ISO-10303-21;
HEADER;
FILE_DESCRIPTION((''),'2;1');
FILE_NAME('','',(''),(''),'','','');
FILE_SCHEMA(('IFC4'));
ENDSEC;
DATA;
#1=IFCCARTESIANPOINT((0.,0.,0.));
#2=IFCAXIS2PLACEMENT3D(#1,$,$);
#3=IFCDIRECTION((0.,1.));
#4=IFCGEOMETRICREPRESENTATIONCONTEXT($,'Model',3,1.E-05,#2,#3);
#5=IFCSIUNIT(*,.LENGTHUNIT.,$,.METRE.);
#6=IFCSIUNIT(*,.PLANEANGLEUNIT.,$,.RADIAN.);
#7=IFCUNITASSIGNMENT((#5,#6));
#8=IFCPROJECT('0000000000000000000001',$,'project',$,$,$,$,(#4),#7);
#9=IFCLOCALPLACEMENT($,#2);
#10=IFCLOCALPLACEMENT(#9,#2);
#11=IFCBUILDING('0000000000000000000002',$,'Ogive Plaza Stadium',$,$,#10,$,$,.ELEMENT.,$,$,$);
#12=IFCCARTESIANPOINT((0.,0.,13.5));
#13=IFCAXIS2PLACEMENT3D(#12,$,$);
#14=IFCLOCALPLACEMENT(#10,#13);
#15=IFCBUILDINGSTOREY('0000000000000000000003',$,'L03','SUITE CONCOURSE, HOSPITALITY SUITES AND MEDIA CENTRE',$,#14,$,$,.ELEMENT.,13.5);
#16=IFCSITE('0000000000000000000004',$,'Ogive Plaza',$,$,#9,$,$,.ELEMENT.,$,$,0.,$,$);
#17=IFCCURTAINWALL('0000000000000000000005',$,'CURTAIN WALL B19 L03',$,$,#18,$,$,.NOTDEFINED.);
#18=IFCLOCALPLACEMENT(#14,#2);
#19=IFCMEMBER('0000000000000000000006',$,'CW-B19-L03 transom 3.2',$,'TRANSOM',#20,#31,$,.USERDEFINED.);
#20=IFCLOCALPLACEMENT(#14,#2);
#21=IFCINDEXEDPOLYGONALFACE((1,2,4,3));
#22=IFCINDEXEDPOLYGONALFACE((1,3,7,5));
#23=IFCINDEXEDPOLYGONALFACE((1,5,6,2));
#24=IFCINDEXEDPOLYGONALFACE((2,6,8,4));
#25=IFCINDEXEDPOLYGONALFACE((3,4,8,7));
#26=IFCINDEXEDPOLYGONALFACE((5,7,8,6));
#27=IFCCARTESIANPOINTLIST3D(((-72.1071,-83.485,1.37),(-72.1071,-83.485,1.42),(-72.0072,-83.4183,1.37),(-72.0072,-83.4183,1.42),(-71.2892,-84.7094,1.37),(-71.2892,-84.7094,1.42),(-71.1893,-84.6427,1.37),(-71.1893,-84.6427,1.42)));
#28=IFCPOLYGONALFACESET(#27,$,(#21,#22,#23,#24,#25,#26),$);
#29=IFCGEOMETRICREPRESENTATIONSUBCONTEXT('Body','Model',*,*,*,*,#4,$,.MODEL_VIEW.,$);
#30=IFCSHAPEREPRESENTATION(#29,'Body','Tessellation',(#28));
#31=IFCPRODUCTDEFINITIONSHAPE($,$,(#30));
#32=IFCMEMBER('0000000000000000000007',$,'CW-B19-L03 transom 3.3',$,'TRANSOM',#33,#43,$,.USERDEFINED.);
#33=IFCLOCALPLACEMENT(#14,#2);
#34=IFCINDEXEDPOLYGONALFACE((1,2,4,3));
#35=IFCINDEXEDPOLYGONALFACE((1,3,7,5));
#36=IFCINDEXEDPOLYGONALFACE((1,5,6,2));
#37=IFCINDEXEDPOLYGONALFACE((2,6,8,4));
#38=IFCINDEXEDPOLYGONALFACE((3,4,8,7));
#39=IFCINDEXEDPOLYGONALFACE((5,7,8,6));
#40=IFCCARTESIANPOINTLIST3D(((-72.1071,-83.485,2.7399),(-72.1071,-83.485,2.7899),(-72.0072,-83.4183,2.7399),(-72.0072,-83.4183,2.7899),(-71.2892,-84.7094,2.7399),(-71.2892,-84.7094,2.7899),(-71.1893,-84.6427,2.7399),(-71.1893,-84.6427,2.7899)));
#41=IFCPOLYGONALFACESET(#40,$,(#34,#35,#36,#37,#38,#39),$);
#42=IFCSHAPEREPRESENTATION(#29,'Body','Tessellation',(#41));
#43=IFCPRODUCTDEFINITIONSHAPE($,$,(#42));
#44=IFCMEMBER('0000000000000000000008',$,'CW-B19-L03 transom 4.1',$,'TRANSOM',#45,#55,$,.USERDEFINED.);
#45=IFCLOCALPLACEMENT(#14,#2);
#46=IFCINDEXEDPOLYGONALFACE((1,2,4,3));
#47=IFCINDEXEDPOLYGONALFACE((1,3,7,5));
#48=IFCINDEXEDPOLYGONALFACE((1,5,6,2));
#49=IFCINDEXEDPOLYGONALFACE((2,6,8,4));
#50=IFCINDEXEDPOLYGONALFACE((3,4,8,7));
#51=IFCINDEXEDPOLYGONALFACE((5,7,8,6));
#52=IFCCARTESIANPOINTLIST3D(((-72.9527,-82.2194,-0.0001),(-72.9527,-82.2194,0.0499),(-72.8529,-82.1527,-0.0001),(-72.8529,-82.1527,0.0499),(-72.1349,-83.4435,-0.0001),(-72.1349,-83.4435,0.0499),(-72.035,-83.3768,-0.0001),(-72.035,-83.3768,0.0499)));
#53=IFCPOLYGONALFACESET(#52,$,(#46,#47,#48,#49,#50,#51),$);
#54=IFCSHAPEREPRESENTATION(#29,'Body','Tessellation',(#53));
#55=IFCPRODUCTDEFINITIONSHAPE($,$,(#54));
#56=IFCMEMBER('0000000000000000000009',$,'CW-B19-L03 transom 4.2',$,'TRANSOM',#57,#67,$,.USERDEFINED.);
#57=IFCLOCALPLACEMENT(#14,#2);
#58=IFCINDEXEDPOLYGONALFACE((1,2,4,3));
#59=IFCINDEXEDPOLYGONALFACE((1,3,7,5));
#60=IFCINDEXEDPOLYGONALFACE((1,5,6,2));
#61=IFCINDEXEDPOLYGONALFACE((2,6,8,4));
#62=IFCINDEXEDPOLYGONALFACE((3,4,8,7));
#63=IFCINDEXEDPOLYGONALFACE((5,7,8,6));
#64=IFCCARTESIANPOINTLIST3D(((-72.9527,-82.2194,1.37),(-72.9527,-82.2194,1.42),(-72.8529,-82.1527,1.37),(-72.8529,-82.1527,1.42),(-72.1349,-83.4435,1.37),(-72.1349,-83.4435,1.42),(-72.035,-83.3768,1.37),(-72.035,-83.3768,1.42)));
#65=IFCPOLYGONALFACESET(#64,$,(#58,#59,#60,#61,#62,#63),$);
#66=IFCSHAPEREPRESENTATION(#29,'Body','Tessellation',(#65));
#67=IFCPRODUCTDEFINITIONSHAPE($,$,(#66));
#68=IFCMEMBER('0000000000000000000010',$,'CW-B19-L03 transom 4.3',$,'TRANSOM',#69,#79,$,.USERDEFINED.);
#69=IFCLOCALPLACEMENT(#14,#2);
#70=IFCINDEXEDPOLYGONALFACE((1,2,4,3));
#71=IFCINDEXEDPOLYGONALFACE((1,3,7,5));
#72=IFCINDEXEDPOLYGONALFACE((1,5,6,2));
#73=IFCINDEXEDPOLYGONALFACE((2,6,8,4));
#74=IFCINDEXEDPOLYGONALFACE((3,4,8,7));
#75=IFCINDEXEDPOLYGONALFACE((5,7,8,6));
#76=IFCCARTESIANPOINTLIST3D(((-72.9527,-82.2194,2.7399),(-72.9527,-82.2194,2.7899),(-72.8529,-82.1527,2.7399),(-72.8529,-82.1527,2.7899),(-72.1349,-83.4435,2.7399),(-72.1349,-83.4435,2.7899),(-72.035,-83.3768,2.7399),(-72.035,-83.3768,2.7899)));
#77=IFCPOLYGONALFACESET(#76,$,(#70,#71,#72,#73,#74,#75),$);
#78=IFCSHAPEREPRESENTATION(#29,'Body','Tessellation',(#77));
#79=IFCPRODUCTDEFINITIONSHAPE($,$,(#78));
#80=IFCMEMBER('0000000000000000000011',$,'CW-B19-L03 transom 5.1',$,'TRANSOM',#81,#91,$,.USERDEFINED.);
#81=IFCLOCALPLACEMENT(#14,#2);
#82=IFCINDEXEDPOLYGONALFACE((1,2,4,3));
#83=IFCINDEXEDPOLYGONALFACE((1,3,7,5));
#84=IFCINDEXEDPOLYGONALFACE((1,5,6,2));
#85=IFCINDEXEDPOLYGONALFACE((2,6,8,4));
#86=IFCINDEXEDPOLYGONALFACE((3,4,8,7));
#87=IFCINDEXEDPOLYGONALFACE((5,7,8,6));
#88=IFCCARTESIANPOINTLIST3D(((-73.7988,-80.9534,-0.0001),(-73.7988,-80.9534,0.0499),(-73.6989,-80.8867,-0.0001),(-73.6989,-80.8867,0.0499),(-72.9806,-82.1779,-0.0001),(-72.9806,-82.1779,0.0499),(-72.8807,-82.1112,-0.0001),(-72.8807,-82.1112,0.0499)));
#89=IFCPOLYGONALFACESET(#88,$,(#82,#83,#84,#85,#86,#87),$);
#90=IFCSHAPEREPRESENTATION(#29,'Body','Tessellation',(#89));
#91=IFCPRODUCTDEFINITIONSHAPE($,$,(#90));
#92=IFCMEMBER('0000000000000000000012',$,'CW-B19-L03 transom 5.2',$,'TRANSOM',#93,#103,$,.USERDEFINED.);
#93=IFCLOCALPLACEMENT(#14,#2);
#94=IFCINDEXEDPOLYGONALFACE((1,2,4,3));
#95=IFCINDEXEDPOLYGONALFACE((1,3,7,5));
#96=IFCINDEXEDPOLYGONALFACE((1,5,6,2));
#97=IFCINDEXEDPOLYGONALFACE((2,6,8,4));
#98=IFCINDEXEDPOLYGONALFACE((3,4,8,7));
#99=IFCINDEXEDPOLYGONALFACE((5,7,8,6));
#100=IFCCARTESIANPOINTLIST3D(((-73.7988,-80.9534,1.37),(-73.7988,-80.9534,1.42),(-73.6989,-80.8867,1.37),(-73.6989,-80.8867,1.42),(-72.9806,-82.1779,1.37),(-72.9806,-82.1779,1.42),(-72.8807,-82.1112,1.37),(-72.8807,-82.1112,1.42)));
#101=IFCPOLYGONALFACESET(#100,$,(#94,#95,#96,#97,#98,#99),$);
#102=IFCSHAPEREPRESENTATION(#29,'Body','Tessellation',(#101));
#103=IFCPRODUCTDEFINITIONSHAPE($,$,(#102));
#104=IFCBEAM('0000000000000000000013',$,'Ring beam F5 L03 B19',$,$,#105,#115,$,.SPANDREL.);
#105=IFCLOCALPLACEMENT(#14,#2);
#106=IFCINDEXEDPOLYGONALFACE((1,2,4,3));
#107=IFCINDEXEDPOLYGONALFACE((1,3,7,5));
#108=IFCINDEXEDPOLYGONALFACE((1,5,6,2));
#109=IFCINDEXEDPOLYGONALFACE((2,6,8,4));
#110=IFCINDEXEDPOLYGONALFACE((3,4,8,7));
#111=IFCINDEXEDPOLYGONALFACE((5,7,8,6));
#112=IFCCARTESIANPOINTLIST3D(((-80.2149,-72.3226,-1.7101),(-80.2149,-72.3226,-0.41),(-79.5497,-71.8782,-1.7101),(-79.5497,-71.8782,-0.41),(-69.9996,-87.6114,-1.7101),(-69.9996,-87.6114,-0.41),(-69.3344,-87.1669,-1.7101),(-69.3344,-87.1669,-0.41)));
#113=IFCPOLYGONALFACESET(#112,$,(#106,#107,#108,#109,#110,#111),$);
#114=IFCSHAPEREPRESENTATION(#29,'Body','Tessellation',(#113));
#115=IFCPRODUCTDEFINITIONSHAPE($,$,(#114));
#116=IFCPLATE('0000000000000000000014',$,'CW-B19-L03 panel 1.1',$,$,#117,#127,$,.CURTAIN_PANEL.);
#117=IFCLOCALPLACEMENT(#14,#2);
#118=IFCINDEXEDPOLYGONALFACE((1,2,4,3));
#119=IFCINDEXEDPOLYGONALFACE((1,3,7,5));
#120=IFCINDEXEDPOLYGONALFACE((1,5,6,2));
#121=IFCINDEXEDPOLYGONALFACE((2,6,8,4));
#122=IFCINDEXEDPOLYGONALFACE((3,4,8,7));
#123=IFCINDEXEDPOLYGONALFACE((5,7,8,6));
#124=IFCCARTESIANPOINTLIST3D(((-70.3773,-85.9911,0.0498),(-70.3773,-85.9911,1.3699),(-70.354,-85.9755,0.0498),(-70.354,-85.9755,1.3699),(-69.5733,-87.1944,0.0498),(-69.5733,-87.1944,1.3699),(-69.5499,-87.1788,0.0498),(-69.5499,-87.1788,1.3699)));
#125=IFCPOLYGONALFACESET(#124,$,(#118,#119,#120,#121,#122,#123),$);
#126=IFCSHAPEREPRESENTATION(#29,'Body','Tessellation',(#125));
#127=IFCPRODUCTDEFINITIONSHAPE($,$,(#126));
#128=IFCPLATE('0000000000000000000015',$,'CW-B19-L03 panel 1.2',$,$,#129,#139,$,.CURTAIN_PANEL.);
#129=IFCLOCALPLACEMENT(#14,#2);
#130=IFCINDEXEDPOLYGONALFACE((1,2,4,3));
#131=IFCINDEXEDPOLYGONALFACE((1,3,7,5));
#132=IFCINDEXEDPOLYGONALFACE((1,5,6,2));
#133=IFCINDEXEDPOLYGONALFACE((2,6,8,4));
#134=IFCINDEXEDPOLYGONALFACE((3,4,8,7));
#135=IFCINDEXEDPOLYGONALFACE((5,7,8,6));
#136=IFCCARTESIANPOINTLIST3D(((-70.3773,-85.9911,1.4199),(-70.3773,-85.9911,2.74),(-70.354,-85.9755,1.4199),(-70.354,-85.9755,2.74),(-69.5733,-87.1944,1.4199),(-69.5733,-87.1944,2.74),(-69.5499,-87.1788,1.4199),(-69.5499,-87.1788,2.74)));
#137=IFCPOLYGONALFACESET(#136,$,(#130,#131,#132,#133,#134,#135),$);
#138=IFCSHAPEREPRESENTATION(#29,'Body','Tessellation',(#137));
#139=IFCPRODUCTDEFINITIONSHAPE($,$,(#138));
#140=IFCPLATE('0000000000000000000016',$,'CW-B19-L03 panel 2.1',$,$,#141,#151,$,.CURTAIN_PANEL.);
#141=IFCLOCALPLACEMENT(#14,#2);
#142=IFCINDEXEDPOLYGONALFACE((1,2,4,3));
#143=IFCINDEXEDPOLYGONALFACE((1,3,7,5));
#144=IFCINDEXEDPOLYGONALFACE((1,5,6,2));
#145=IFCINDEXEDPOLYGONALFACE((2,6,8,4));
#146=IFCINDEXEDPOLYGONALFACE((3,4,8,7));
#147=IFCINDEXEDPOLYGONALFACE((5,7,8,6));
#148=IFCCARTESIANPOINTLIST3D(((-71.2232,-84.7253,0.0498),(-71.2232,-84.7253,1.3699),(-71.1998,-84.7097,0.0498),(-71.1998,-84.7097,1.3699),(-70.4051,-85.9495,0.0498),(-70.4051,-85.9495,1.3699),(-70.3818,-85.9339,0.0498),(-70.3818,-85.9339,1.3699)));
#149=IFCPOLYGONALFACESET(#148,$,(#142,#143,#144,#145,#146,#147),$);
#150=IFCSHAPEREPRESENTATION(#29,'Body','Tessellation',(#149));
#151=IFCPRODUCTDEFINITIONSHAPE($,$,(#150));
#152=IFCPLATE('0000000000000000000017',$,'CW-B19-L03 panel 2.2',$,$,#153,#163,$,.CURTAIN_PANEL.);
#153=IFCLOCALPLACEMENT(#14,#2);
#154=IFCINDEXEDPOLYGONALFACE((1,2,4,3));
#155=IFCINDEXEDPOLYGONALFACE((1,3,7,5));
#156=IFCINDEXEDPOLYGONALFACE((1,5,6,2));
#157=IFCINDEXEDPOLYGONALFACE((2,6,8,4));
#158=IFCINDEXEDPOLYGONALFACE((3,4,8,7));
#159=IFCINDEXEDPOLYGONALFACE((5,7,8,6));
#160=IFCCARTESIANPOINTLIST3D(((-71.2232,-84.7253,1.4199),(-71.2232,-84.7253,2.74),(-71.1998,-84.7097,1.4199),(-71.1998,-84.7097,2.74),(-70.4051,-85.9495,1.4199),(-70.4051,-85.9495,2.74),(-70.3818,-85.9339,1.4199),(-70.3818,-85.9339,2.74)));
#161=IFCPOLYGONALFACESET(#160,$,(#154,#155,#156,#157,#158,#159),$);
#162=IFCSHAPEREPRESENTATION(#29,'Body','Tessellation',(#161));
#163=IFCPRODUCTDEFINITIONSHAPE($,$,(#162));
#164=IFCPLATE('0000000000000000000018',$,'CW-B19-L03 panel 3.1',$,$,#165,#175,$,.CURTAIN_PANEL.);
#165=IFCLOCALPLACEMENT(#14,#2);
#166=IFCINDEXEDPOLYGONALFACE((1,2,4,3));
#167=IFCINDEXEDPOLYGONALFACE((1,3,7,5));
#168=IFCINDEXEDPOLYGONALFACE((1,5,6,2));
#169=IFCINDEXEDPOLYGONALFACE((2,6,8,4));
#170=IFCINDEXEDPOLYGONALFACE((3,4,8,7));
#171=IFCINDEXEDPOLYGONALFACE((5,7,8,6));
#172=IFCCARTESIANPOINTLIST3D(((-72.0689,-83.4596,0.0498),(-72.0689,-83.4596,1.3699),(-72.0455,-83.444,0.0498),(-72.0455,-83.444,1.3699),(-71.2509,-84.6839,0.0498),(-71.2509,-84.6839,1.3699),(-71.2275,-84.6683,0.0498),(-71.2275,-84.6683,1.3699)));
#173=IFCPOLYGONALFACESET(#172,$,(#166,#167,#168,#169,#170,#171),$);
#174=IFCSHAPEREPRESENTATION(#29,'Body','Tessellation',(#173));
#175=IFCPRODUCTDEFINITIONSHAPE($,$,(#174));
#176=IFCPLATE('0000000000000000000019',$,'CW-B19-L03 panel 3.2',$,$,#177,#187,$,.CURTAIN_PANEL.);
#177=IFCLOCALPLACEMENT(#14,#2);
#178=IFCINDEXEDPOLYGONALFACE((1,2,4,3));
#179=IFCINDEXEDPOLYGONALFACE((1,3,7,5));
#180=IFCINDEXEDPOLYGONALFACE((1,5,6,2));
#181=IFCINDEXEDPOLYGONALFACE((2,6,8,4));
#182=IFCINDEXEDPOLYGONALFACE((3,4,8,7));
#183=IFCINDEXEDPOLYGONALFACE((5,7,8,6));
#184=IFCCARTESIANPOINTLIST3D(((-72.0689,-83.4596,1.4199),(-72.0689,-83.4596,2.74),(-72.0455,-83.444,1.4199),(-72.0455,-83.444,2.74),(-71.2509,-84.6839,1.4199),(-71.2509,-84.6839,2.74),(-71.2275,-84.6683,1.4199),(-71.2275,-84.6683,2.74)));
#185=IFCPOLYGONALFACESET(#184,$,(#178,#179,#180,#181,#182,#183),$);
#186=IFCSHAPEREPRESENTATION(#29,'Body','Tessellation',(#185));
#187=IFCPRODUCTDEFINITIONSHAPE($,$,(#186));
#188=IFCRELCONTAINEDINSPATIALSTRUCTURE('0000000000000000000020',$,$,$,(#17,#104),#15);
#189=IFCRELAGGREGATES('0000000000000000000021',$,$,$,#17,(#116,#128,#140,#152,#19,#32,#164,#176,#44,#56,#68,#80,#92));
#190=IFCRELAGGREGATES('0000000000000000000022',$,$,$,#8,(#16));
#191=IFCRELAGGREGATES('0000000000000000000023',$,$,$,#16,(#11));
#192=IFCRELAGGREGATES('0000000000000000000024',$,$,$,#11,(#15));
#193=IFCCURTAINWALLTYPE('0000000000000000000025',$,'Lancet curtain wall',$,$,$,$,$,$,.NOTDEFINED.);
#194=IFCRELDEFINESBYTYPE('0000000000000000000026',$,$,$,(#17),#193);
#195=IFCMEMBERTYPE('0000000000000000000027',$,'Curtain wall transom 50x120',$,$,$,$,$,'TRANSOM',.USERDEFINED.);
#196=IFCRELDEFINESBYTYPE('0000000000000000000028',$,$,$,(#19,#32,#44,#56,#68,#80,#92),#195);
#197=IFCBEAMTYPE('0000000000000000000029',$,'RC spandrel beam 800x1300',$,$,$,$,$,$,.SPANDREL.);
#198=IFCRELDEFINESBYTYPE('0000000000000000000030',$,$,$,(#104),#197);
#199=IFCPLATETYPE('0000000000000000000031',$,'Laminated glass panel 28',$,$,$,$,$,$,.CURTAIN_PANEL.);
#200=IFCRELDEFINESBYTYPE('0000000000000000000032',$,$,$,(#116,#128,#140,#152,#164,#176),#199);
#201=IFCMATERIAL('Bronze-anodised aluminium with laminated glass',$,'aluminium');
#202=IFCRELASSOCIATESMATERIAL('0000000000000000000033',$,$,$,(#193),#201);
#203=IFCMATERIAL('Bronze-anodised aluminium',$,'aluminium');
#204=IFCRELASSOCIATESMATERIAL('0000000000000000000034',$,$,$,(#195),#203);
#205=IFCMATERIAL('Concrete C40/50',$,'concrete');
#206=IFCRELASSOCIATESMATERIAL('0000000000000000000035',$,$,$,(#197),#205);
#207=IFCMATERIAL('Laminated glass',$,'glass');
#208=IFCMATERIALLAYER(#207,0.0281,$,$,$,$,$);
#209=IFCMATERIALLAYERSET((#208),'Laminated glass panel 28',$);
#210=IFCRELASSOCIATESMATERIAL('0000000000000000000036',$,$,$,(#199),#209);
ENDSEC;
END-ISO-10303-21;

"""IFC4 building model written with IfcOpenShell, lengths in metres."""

from ifc_helpers import new_model, si_unit, direction, frame, origin, origin_2d, place, context, subcontext, project, spatial, rectangle, extrude, material, layer, layer_set, material_profile, profile_set, type_object, element, aggregate, save


model = new_model("IFC4")

# Units and contexts
model_context = context("Model", 3, precision=1e-05, world=origin(), true_north=direction((0.0, 1.0)))
body_context = subcontext(model_context, "Body", "Model", "MODEL_VIEW")
ifc_project = project(units=[si_unit("LENGTHUNIT", "METRE"), si_unit("PLANEANGLEUNIT", "RADIAN")], contexts=[model_context])

# Site, building, storey
site_placement = place(None, origin())
site = spatial("IfcSite", under=ifc_project, at=site_placement, Name="Ogive Plaza", CompositionType="ELEMENT", RefElevation=0.0)
building_placement = place(site_placement, origin())
building = spatial("IfcBuilding", under=site, at=building_placement, Name="Ogive Plaza Stadium", CompositionType="ELEMENT")
storey_placement = place(building_placement, frame((0.0, 0.0, 13.5)))
storey = spatial("IfcBuildingStorey", under=building, at=storey_placement, Name="L03", Description="SUITE CONCOURSE, HOSPITALITY SUITES AND MEDIA CENTRE", CompositionType="ELEMENT", Elevation=13.5)

# Shared definitions
ifc_material_1 = material(Name="Bronze-anodised aluminium with laminated glass", Category="aluminium")
curtain_wall_type = type_object("IfcCurtainWallType", Name="Lancet curtain wall", PredefinedType="NOTDEFINED", material=ifc_material_1)

# Curtain wall, members
curtain_wall_1_placement = place(storey_placement, origin())
curtain_wall_1 = element("IfcCurtainWall", 1, at=curtain_wall_1_placement, inside=storey, type_object=curtain_wall_type, Name="CURTAIN WALL B19 L03", PredefinedType="NOTDEFINED")
ifc_material_2 = material(Name="Bronze-anodised aluminium", Category="aluminium")
ifc_material_profile_1 = material_profile(ifc_material_2, rectangle(XDim=0.1201, YDim=0.05, at=origin_2d()), Name="AL 120x50")
ifc_profile_set_1 = profile_set([ifc_material_profile_1], Name="Bronze-anodised aluminium")
member_type_1 = type_object("IfcMemberType", Name="Curtain wall transom 50x120", ElementType="TRANSOM", PredefinedType="USERDEFINED", material=ifc_profile_set_1)
member_1_placement = place(storey_placement, frame((-71.2393, -84.676, 1.395), z_axis=(-0.555465, 0.83154, 0.0), x_axis=(-0.83154, -0.555465, 0.0)))
member_1 = element("IfcMember", 2, at=member_1_placement, type_object=member_type_1, Name="CW-B19-L03 transom 3.2", ObjectType="TRANSOM", PredefinedType="USERDEFINED", context=body_context, shape_type="SweptSolid", body=[
    extrude(rectangle(XDim=0.1201, YDim=0.05, at=origin_2d()), origin(), (0.0, 0.0, 1.0), 1.4724),
])
member_2_placement = place(storey_placement, frame((-71.2393, -84.676, 2.7649), z_axis=(-0.555465, 0.83154, 0.0), x_axis=(-0.83154, -0.555465, 0.0)))
member_2 = element("IfcMember", 3, at=member_2_placement, type_object=member_type_1, Name="CW-B19-L03 transom 3.3", ObjectType="TRANSOM", PredefinedType="USERDEFINED", context=body_context, shape_type="SweptSolid", body=[
    extrude(rectangle(XDim=0.1201, YDim=0.05, at=origin_2d()), origin(), (0.0, 0.0, 1.0), 1.4724),
])
member_3_placement = place(storey_placement, frame((-72.085, -83.4102, 0.0249), z_axis=(-0.555542, 0.831489, 0.0), x_axis=(-0.831489, -0.555542, 0.0)))
member_3 = element("IfcMember", 4, at=member_3_placement, type_object=member_type_1, Name="CW-B19-L03 transom 4.1", ObjectType="TRANSOM", PredefinedType="USERDEFINED", context=body_context, shape_type="SweptSolid", body=[
    extrude(rectangle(XDim=0.1201, YDim=0.05, at=origin_2d()), origin(), (0.0, 0.0, 1.0), 1.4722),
])
member_4_placement = place(storey_placement, frame((-72.085, -83.4102, 1.395), z_axis=(-0.555542, 0.831489, 0.0), x_axis=(-0.831489, -0.555542, 0.0)))
member_4 = element("IfcMember", 5, at=member_4_placement, type_object=member_type_1, Name="CW-B19-L03 transom 4.2", ObjectType="TRANSOM", PredefinedType="USERDEFINED", context=body_context, shape_type="SweptSolid", body=[
    extrude(rectangle(XDim=0.1201, YDim=0.05, at=origin_2d()), origin(), (0.0, 0.0, 1.0), 1.4722),
])
member_5_placement = place(storey_placement, frame((-72.085, -83.4102, 2.7649), z_axis=(-0.555542, 0.831489, 0.0), x_axis=(-0.831489, -0.555542, 0.0)))
member_5 = element("IfcMember", 6, at=member_5_placement, type_object=member_type_1, Name="CW-B19-L03 transom 4.3", ObjectType="TRANSOM", PredefinedType="USERDEFINED", context=body_context, shape_type="SweptSolid", body=[
    extrude(rectangle(XDim=0.1201, YDim=0.05, at=origin_2d()), origin(), (0.0, 0.0, 1.0), 1.4722),
])
member_6_placement = place(storey_placement, frame((-72.9307, -82.1445, 0.0249), z_axis=(-0.55558, 0.831463, 0.0), x_axis=(-0.831463, -0.55558, 0.0)))
member_6 = element("IfcMember", 7, at=member_6_placement, type_object=member_type_1, Name="CW-B19-L03 transom 5.1", ObjectType="TRANSOM", PredefinedType="USERDEFINED", context=body_context, shape_type="SweptSolid", body=[
    extrude(rectangle(XDim=0.1201, YDim=0.05, at=origin_2d()), origin(), (0.0, 0.0, 1.0), 1.4727),
])
member_7_placement = place(storey_placement, frame((-72.9307, -82.1445, 1.395), z_axis=(-0.55558, 0.831463, 0.0), x_axis=(-0.831463, -0.55558, 0.0)))
member_7 = element("IfcMember", 8, at=member_7_placement, type_object=member_type_1, Name="CW-B19-L03 transom 5.2", ObjectType="TRANSOM", PredefinedType="USERDEFINED", context=body_context, shape_type="SweptSolid", body=[
    extrude(rectangle(XDim=0.1201, YDim=0.05, at=origin_2d()), origin(), (0.0, 0.0, 1.0), 1.4727),
])

# Beam
ifc_material_3 = material(Name="Concrete C40/50", Category="concrete")
ifc_material_profile_2 = material_profile(ifc_material_3, rectangle(XDim=0.8, YDim=1.3, at=origin_2d()), Name="RC 800x1300")
ifc_profile_set_2 = profile_set([ifc_material_profile_2], Name="Concrete C40/50")
beam_type = type_object("IfcBeamType", Name="RC spandrel beam 800x1300", PredefinedType="SPANDREL", material=ifc_profile_set_2)
beam_placement = place(storey_placement, frame((-69.667, -87.3892, -1.0601), z_axis=(-0.555558, 0.831478, 0.0), x_axis=(-0.831478, -0.555558, 0.0)))
element("IfcBeam", 9, at=beam_placement, inside=storey, type_object=beam_type, Name="Ring beam F5 L03 B19", PredefinedType="SPANDREL", context=body_context, shape_type="SweptSolid", body=[
    extrude(rectangle(XDim=0.8, YDim=1.3, at=origin_2d()), origin(), (0.0, 0.0, 1.0), 18.3875),
])

# Plates
ifc_material_4 = material(Name="Laminated glass", Category="glass")
ifc_layer_1 = layer(ifc_material_4, 0.0281)
ifc_layer_set_1 = layer_set([ifc_layer_1], Name="Laminated glass panel 28")
plate_type = type_object("IfcPlateType", Name="Laminated glass panel 28", PredefinedType="CURTAIN_PANEL", material=ifc_layer_set_1)
plate_1_placement = place(storey_placement, frame((-69.9636, -86.585, 0.0498), z_axis=(0.0, 0.0, 1.0), x_axis=(-0.55557, 0.83147, 0.0)))
plate_1 = element("IfcPlate", 10, at=plate_1_placement, type_object=plate_type, Name="CW-B19-L03 panel 1.1", PredefinedType="CURTAIN_PANEL", context=body_context, shape_type="SweptSolid", body=[
    extrude(rectangle(XDim=1.4473, YDim=0.0281, at=origin_2d()), origin(), (0.0, 0.0, 1.0), 1.3201),
])
plate_2_placement = place(storey_placement, frame((-69.9636, -86.585, 1.4199), z_axis=(0.0, 0.0, 1.0), x_axis=(-0.55557, 0.83147, 0.0)))
plate_2 = element("IfcPlate", 11, at=plate_2_placement, type_object=plate_type, Name="CW-B19-L03 panel 1.2", PredefinedType="CURTAIN_PANEL", context=body_context, shape_type="SweptSolid", body=[
    extrude(rectangle(XDim=1.4473, YDim=0.0281, at=origin_2d()), origin(), (0.0, 0.0, 1.0), 1.3201),
])
plate_3_placement = place(storey_placement, frame((-70.8025, -85.3296, 0.0498), z_axis=(0.0, 0.0, 1.0), x_axis=(-0.55557, 0.83147, 0.0)))
plate_3 = element("IfcPlate", 12, at=plate_3_placement, type_object=plate_type, Name="CW-B19-L03 panel 2.1", PredefinedType="CURTAIN_PANEL", context=body_context, shape_type="SweptSolid", body=[
    extrude(rectangle(XDim=1.4724, YDim=0.0281, at=origin_2d()), origin(), (0.0, 0.0, 1.0), 1.3201),
])
plate_4_placement = place(storey_placement, frame((-70.8025, -85.3296, 1.4199), z_axis=(0.0, 0.0, 1.0), x_axis=(-0.55557, 0.83147, 0.0)))
plate_4 = element("IfcPlate", 13, at=plate_4_placement, type_object=plate_type, Name="CW-B19-L03 panel 2.2", PredefinedType="CURTAIN_PANEL", context=body_context, shape_type="SweptSolid", body=[
    extrude(rectangle(XDim=1.4724, YDim=0.0281, at=origin_2d()), origin(), (0.0, 0.0, 1.0), 1.3201),
])
plate_5_placement = place(storey_placement, frame((-71.6482, -84.064, 0.0498), z_axis=(0.0, 0.0, 1.0), x_axis=(-0.55557, 0.83147, 0.0)))
plate_5 = element("IfcPlate", 14, at=plate_5_placement, type_object=plate_type, Name="CW-B19-L03 panel 3.1", PredefinedType="CURTAIN_PANEL", context=body_context, shape_type="SweptSolid", body=[
    extrude(rectangle(XDim=1.4724, YDim=0.0281, at=origin_2d()), origin(), (0.0, 0.0, 1.0), 1.3201),
])
plate_6_placement = place(storey_placement, frame((-71.6482, -84.064, 1.4199), z_axis=(0.0, 0.0, 1.0), x_axis=(-0.55557, 0.83147, 0.0)))
plate_6 = element("IfcPlate", 15, at=plate_6_placement, type_object=plate_type, Name="CW-B19-L03 panel 3.2", PredefinedType="CURTAIN_PANEL", context=body_context, shape_type="SweptSolid", body=[
    extrude(rectangle(XDim=1.4724, YDim=0.0281, at=origin_2d()), origin(), (0.0, 0.0, 1.0), 1.3201),
])
aggregate(curtain_wall_1, [plate_1, plate_2, plate_3, plate_4, member_1, member_2, plate_5, plate_6, member_3, member_4, member_5, member_6, member_7])

save(model, "model.ifc")
